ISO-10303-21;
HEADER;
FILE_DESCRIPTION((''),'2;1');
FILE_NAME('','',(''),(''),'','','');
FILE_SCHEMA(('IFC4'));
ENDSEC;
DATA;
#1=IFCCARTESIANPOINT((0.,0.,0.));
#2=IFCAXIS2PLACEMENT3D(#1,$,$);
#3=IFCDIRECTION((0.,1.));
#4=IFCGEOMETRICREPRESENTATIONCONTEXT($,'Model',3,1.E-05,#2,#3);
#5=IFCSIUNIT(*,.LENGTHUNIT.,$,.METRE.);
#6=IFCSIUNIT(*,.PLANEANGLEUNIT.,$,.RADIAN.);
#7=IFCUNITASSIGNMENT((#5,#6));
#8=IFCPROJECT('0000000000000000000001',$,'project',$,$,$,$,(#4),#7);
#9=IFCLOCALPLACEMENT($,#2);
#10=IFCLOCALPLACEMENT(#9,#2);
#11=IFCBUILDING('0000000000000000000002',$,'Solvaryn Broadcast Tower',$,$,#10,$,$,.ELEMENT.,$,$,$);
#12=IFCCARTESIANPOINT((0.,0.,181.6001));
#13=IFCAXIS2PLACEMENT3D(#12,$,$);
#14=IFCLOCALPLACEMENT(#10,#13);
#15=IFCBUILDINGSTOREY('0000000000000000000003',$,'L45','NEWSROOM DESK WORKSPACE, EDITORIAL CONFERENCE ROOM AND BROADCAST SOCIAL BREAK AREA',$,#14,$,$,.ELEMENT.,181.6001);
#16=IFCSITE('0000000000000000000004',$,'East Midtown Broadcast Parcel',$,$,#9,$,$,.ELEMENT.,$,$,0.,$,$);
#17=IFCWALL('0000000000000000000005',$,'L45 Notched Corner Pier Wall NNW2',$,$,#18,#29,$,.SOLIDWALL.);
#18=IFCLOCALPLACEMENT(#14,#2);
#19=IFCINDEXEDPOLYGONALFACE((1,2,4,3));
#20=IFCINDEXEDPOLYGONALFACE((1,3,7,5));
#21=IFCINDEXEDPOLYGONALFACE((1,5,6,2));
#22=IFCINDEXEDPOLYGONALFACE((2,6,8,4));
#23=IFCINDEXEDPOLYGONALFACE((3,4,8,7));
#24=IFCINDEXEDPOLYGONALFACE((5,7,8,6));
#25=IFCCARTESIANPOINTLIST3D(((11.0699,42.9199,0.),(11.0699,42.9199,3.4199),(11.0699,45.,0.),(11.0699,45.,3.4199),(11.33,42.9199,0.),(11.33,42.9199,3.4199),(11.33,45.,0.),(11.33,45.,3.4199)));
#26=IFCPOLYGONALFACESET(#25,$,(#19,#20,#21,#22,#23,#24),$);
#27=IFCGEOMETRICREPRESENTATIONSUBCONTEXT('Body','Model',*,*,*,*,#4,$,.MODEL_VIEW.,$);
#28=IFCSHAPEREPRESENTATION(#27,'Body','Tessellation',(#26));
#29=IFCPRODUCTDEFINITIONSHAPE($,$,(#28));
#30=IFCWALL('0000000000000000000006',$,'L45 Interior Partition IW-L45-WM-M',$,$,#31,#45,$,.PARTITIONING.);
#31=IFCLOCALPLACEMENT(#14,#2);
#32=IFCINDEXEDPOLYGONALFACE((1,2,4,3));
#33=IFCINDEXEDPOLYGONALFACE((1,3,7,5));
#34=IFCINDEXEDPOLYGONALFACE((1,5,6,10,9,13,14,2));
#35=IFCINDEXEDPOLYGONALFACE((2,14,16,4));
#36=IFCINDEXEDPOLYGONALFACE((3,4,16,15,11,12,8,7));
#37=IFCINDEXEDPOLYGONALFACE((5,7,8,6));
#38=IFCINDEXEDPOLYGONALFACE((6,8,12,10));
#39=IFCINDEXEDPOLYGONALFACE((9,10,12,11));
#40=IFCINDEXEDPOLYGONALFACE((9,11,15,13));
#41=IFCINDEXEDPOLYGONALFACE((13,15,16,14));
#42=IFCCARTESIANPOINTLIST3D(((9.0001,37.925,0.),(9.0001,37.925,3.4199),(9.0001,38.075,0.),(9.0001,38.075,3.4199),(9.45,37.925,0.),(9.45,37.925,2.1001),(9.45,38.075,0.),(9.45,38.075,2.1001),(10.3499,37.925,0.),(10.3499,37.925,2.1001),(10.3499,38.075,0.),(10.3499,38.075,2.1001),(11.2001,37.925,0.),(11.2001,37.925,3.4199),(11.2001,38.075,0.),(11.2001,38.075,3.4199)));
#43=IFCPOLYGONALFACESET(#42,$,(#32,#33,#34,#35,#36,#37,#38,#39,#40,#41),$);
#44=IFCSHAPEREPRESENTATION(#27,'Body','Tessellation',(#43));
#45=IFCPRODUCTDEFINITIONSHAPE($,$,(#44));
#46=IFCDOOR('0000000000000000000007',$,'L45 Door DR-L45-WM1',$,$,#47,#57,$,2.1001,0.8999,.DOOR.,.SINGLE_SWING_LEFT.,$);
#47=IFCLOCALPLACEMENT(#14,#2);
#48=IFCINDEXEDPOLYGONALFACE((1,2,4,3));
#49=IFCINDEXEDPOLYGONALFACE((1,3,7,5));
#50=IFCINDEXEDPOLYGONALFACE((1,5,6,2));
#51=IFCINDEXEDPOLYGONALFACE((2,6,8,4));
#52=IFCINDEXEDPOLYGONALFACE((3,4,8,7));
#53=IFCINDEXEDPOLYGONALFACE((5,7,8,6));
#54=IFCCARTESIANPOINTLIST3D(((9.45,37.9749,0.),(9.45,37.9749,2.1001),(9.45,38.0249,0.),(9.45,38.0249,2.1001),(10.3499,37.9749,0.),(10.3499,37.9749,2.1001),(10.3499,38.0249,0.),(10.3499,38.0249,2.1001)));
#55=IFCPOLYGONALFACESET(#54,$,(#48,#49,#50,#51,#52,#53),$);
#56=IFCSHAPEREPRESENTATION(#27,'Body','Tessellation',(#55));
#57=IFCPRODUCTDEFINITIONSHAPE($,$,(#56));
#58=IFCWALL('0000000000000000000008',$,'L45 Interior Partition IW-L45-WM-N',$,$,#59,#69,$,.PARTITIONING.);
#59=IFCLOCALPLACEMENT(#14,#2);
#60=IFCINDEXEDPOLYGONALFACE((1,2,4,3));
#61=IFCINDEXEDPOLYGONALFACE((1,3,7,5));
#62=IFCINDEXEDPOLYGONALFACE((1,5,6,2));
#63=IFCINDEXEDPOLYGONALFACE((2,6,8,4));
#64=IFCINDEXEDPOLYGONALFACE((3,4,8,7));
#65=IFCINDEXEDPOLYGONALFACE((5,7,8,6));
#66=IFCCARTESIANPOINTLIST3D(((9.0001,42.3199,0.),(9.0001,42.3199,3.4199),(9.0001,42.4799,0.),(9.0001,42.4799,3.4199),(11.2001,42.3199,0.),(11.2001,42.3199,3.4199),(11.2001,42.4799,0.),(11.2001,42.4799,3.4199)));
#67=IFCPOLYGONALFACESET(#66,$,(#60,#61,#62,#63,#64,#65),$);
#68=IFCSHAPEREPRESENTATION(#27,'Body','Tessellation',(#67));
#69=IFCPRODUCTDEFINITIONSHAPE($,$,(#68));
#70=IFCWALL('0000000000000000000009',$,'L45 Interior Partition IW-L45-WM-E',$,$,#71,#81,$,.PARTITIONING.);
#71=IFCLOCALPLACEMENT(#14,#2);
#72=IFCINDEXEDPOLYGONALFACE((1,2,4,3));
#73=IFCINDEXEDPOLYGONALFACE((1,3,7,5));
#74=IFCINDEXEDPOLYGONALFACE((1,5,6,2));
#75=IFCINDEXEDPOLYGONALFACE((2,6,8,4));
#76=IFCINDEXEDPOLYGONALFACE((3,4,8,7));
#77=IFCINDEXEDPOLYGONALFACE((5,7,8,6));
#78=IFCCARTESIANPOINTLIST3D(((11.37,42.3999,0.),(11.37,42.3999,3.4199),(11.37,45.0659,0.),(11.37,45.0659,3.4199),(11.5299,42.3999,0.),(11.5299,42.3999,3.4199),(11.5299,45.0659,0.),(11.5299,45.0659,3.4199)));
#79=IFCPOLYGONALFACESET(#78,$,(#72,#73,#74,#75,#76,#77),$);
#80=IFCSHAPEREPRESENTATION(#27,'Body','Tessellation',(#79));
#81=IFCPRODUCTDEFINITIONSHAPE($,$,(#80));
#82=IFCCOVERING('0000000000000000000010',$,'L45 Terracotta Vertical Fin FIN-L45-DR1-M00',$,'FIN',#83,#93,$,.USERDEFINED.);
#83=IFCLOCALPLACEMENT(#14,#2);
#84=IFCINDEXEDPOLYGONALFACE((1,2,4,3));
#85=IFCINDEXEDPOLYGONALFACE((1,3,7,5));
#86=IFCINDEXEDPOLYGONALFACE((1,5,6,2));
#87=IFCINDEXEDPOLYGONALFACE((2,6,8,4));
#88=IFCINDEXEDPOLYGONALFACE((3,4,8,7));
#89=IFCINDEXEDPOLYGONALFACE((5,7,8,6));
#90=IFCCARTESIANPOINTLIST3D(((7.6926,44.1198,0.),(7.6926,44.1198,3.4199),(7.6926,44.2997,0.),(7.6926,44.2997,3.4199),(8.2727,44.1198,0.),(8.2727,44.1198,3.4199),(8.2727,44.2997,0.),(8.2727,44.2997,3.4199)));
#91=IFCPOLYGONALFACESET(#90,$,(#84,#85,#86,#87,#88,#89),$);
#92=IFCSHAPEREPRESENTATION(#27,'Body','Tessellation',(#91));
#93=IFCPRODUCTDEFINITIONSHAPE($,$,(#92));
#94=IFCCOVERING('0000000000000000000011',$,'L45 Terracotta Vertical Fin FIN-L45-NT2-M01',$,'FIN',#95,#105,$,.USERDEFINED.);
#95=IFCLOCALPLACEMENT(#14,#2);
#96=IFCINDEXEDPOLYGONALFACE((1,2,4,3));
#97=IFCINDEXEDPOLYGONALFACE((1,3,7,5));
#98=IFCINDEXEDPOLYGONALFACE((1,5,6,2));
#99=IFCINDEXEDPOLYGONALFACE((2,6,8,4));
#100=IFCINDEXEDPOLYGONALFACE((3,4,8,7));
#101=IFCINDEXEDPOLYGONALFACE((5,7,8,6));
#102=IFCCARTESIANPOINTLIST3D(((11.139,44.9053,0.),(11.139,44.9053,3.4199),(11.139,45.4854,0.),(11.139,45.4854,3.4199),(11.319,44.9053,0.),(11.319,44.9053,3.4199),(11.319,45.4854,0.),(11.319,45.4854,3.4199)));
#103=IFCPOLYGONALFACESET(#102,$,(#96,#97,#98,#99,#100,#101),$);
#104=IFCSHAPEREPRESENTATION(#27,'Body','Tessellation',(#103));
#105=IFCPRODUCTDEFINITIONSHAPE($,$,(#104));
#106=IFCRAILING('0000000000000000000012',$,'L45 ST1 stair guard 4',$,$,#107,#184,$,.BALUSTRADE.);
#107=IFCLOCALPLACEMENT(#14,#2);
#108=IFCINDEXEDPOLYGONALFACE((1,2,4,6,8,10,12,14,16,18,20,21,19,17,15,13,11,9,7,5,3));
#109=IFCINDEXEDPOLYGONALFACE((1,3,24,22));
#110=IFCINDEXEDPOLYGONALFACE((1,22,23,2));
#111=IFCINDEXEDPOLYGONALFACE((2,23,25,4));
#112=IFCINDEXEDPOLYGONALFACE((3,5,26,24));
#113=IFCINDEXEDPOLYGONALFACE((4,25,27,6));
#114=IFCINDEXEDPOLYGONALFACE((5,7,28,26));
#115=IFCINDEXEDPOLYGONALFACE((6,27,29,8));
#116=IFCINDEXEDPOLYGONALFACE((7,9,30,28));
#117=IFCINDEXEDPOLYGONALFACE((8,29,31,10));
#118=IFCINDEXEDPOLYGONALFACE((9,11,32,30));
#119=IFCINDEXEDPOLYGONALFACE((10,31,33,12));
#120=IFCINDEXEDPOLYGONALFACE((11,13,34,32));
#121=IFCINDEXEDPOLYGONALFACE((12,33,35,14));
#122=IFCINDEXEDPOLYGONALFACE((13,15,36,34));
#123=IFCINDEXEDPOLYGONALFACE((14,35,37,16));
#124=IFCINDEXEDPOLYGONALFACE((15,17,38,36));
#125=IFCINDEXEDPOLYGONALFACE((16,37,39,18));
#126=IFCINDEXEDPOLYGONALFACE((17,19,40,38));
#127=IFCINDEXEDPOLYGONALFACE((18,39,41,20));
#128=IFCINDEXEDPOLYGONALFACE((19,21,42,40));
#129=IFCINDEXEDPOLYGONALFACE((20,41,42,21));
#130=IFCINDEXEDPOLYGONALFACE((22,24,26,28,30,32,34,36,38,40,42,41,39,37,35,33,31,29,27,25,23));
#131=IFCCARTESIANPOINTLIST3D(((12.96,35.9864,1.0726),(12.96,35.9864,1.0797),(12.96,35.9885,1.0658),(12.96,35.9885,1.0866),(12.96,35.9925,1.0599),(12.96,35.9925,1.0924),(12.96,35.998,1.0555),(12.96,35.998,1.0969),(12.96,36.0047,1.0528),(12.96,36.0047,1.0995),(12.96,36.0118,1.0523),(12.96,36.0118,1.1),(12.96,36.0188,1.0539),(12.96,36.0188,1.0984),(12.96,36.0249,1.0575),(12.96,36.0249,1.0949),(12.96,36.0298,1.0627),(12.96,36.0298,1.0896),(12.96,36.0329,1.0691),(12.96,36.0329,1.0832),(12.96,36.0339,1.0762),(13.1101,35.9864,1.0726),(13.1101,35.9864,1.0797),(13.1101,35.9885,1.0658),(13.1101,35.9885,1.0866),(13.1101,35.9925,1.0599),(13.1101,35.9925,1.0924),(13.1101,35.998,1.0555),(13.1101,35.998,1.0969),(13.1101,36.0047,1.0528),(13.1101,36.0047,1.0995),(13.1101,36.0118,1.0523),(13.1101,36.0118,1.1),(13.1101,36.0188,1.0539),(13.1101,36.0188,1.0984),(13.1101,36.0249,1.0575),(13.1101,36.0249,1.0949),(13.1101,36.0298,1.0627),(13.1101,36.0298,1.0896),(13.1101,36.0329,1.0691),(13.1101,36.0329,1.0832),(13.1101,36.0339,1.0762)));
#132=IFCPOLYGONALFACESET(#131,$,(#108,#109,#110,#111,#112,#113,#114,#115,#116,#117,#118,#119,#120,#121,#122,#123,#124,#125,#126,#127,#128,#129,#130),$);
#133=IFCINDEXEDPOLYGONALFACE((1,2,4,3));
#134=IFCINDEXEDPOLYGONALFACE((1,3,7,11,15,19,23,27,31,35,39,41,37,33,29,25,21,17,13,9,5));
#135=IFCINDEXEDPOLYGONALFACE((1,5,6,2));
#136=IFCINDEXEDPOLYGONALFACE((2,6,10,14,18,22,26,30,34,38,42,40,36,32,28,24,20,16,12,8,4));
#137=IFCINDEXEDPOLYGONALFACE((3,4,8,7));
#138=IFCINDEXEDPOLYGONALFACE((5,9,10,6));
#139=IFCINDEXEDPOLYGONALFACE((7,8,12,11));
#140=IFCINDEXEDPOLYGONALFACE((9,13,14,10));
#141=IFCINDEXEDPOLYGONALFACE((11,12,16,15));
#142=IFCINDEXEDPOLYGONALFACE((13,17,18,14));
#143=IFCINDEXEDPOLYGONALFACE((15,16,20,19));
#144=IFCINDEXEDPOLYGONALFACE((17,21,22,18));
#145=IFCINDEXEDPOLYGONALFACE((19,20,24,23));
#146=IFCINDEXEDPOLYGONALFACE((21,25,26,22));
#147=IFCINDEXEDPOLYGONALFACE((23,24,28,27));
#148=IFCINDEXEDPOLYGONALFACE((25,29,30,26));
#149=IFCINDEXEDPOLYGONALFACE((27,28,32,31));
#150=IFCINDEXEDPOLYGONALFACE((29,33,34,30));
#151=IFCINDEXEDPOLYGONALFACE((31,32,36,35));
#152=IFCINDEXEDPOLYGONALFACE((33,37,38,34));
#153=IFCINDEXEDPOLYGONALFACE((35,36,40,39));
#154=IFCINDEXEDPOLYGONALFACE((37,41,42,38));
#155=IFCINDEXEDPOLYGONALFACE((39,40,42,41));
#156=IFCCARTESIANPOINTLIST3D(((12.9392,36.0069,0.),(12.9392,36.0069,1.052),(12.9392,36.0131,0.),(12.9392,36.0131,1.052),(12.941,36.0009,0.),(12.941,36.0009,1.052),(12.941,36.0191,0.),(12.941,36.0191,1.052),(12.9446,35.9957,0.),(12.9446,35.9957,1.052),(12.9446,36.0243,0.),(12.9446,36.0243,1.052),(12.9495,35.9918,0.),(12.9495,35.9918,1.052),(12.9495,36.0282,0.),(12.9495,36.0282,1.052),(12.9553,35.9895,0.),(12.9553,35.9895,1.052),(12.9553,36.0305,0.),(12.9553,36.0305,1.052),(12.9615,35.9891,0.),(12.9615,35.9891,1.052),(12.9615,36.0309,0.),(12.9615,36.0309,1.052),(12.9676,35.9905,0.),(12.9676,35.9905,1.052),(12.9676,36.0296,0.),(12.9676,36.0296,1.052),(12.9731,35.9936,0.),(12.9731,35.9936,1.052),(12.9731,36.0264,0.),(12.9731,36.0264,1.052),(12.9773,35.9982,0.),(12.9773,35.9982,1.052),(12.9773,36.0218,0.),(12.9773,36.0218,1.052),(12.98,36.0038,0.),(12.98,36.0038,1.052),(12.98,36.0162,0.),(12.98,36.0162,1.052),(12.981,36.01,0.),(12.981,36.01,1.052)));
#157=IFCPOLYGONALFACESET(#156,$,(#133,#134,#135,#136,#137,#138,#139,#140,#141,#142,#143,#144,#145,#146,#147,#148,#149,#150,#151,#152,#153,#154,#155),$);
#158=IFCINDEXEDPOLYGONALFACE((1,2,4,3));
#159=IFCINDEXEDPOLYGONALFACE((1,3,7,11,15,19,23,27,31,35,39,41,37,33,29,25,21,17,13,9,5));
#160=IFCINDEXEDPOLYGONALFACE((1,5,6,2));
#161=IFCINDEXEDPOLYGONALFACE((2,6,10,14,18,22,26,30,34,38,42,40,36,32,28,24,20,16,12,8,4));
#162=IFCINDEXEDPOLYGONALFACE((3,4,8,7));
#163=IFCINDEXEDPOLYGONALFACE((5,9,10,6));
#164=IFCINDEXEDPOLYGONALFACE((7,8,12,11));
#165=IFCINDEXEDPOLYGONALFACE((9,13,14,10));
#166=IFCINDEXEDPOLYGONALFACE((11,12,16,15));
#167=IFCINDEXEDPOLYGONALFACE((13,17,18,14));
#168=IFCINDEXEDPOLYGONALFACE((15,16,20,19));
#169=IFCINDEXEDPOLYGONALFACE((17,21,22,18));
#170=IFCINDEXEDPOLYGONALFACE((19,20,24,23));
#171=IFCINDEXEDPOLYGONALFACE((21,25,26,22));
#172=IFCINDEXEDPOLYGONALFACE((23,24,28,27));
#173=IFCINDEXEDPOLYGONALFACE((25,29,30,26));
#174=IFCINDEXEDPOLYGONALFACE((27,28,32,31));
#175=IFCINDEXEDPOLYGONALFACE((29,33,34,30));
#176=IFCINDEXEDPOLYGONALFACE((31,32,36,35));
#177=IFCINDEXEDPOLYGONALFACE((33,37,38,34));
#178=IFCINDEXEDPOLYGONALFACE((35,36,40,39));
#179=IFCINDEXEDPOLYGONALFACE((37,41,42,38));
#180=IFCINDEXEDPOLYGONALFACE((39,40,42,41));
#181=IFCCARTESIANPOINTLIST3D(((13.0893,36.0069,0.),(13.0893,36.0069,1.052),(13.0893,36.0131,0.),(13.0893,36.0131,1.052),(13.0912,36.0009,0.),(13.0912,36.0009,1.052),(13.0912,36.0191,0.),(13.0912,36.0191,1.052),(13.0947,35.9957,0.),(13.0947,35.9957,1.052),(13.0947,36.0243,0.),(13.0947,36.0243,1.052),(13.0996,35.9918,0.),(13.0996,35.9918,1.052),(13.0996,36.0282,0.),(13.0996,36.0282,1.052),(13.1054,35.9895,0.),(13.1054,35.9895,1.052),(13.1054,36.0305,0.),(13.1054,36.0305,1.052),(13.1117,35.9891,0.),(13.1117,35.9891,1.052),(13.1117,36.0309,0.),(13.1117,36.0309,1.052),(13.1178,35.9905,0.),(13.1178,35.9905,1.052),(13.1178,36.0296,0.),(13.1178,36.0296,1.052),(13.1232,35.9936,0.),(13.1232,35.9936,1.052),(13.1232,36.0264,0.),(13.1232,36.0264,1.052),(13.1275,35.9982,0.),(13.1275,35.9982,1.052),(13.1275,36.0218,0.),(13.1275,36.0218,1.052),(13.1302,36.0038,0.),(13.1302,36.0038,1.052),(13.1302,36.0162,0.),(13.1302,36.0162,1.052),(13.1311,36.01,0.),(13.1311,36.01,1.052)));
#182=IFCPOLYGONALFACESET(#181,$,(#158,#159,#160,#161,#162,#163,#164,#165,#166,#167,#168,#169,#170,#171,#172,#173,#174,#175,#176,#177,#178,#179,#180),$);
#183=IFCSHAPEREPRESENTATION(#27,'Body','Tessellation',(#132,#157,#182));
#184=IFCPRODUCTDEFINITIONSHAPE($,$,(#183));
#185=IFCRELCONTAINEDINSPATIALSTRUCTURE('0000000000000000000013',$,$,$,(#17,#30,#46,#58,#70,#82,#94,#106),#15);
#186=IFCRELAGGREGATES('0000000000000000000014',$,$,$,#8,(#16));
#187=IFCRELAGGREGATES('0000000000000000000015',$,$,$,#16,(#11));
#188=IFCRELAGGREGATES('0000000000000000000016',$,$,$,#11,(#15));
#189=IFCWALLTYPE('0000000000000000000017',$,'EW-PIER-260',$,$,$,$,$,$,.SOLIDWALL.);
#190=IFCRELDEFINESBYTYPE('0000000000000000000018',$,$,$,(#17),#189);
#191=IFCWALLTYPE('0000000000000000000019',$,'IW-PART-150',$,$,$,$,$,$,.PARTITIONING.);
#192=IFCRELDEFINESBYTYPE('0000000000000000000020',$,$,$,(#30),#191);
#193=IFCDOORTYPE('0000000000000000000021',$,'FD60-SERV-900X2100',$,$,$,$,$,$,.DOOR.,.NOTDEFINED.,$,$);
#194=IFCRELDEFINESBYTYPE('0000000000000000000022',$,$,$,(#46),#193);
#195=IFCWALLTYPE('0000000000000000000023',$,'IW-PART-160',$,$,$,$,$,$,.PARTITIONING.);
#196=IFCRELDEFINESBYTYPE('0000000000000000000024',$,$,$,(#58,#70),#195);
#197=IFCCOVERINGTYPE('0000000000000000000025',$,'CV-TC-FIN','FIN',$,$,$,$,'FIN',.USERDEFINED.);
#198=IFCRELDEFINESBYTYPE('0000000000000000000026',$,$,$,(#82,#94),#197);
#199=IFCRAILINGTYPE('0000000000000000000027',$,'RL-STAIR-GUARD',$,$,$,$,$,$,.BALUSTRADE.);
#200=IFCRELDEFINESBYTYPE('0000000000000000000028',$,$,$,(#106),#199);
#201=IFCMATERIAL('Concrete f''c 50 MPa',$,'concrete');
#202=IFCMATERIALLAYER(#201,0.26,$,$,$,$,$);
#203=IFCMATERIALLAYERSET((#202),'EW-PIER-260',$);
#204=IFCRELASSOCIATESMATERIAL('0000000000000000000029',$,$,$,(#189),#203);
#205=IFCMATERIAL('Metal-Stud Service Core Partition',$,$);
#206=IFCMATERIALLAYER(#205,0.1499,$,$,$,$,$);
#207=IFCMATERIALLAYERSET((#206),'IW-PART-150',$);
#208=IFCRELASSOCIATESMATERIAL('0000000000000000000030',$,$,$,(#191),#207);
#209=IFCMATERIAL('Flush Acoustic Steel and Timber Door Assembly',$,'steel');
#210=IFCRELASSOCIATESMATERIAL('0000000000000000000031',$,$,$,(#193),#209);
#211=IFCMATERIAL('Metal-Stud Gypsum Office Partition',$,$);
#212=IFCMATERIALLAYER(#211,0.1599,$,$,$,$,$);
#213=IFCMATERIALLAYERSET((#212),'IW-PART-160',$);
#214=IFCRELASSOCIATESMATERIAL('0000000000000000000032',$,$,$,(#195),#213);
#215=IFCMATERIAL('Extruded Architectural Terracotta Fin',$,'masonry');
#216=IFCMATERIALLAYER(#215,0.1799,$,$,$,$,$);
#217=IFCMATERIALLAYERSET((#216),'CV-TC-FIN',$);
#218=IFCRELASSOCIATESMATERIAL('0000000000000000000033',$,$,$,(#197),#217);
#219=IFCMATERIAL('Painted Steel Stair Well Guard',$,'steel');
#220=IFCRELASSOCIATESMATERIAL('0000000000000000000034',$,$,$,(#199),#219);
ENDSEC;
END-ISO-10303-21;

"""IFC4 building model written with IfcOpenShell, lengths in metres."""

from ifc_helpers import new_model, si_unit, direction, frame, frame_2d, origin, origin_2d, place, context, subcontext, project, spatial, rectangle, circle, extrude, material, layer, layer_set, type_object, element, fill, save


model = new_model("IFC4")

# Units and contexts
model_context = context("Model", 3, precision=1e-05, world=origin(), true_north=direction((0.0, 1.0)))
body_context = subcontext(model_context, "Body", "Model", "MODEL_VIEW")
ifc_project = project(units=[si_unit("LENGTHUNIT", "METRE"), si_unit("PLANEANGLEUNIT", "RADIAN")], contexts=[model_context])

# Site, building, storey
site_placement = place(None, origin())
site = spatial("IfcSite", under=ifc_project, at=site_placement, Name="East Midtown Broadcast Parcel", CompositionType="ELEMENT", RefElevation=0.0)
building_placement = place(site_placement, origin())
building = spatial("IfcBuilding", under=site, at=building_placement, Name="Solvaryn Broadcast Tower", CompositionType="ELEMENT")
storey_placement = place(building_placement, frame((0.0, 0.0, 181.6001)))
storey = spatial("IfcBuildingStorey", under=building, at=storey_placement, Name="L45", Description="NEWSROOM DESK WORKSPACE, EDITORIAL CONFERENCE ROOM AND BROADCAST SOCIAL BREAK AREA", CompositionType="ELEMENT", Elevation=181.6001)

# Wall
ifc_material_1 = material(Name="Concrete f'c 50 MPa", Category="concrete")
ifc_layer_1 = layer(ifc_material_1, 0.26)
ifc_layer_set_1 = layer_set([ifc_layer_1], Name="EW-PIER-260")
wall_type_1 = type_object("IfcWallType", Name="EW-PIER-260", PredefinedType="SOLIDWALL", material=ifc_layer_set_1)
wall_1_placement = place(storey_placement, frame((11.2, 42.9199, 0.0), z_axis=(0.0, 0.0, 1.0), x_axis=(0.0, 1.0, 0.0)))
element("IfcWall", 1, at=wall_1_placement, inside=storey, type_object=wall_type_1, Name="L45 Notched Corner Pier Wall NNW2", PredefinedType="SOLIDWALL", context=body_context, shape_type="SweptSolid", body=[
    extrude(rectangle(XDim=2.0801, YDim=0.26, at=frame_2d((1.04, 0.0))), origin(), (0.0, 0.0, 1.0), 3.4199),
])

# Wall, opening, door
ifc_material_2 = material(Name="Metal-Stud Service Core Partition")
ifc_layer_2 = layer(ifc_material_2, 0.1499)
ifc_layer_set_2 = layer_set([ifc_layer_2], Name="IW-PART-150")
wall_type_2 = type_object("IfcWallType", Name="IW-PART-150", PredefinedType="PARTITIONING", material=ifc_layer_set_2)
wall_2_placement = place(storey_placement, frame((9.0, 38.0, 0.0), z_axis=(0.0, 0.0, 1.0), x_axis=(1.0, 0.0, 0.0)))
wall_2 = element("IfcWall", 2, at=wall_2_placement, inside=storey, type_object=wall_type_2, Name="L45 Interior Partition IW-L45-WM-M", PredefinedType="PARTITIONING", context=body_context, shape_type="SweptSolid", body=[
    extrude(rectangle(XDim=2.2, YDim=0.1499, at=frame_2d((1.1001, 0.0))), origin(), (0.0, 0.0, 1.0), 3.4199),
])
opening_placement = place(wall_2_placement, frame((0.45, 0.0, 0.0)))
opening = element("IfcOpeningElement", 3, at=opening_placement, cuts=wall_2, PredefinedType="OPENING", context=body_context, shape_type="SweptSolid", body=[
    extrude(rectangle(XDim=0.8999, YDim=2.1001, at=frame_2d((0.45, 1.05))), frame((0.0, 0.085, 0.0), z_axis=(0.0, -1.0, 0.0), x_axis=(1.0, 0.0, 0.0)), (0.0, 0.0, 1.0), 0.1699),
])
ifc_material_3 = material(Name="Flush Acoustic Steel and Timber Door Assembly", Category="steel")
door_type = type_object("IfcDoorType", Name="FD60-SERV-900X2100", OperationType="NOTDEFINED", PredefinedType="DOOR", material=ifc_material_3)
door_placement = place(opening_placement, origin())
door = element("IfcDoor", 4, at=door_placement, inside=storey, type_object=door_type, Name="L45 Door DR-L45-WM1", OperationType="SINGLE_SWING_LEFT", OverallHeight=2.1001, OverallWidth=0.8999, PredefinedType="DOOR", context=body_context, shape_type="SweptSolid", body=[
    extrude(rectangle(XDim=0.8999, YDim=2.1001, at=frame_2d((0.45, 1.05))), frame((0.0, 0.0249, 0.0), z_axis=(0.0, -1.0, 0.0), x_axis=(1.0, 0.0, 0.0)), (0.0, 0.0, 1.0), 0.05),
])
fill(opening, door)

# Walls
ifc_material_4 = material(Name="Metal-Stud Gypsum Office Partition")
ifc_layer_3 = layer(ifc_material_4, 0.1599)
ifc_layer_set_3 = layer_set([ifc_layer_3], Name="IW-PART-160")
wall_type_3 = type_object("IfcWallType", Name="IW-PART-160", PredefinedType="PARTITIONING", material=ifc_layer_set_3)
wall_3_placement = place(storey_placement, frame((9.0, 42.3999, 0.0), z_axis=(0.0, 0.0, 1.0), x_axis=(1.0, 0.0, 0.0)))
element("IfcWall", 5, at=wall_3_placement, inside=storey, type_object=wall_type_3, Name="L45 Interior Partition IW-L45-WM-N", PredefinedType="PARTITIONING", context=body_context, shape_type="SweptSolid", body=[
    extrude(rectangle(XDim=2.2, YDim=0.1599, at=frame_2d((1.1001, 0.0))), origin(), (0.0, 0.0, 1.0), 3.4199),
])
wall_4_placement = place(storey_placement, frame((11.45, 42.3999, 0.0), z_axis=(0.0, 0.0, 1.0), x_axis=(0.0, 1.0, 0.0)))
element("IfcWall", 6, at=wall_4_placement, inside=storey, type_object=wall_type_3, Name="L45 Interior Partition IW-L45-WM-E", PredefinedType="PARTITIONING", context=body_context, shape_type="SweptSolid", body=[
    extrude(rectangle(XDim=2.666, YDim=0.1599, at=frame_2d((1.333, 0.0))), origin(), (0.0, 0.0, 1.0), 3.4199),
])

# Coverings
ifc_material_5 = material(Name="Extruded Architectural Terracotta Fin", Category="masonry")
ifc_layer_4 = layer(ifc_material_5, 0.1799)
ifc_layer_set_4 = layer_set([ifc_layer_4], Name="CV-TC-FIN")
covering_type = type_object("IfcCoveringType", Name="CV-TC-FIN", Description="FIN", ElementType="FIN", PredefinedType="USERDEFINED", material=ifc_layer_set_4)
covering_1_placement = place(storey_placement, frame((7.9827, 44.2097, 0.0), z_axis=(0.0, 0.0, 1.0), x_axis=(1.0, 0.0, 0.0)))
element("IfcCovering", 7, at=covering_1_placement, inside=storey, type_object=covering_type, Name="L45 Terracotta Vertical Fin FIN-L45-DR1-M00", ObjectType="FIN", PredefinedType="USERDEFINED", context=body_context, shape_type="SweptSolid", body=[
    extrude(rectangle(XDim=0.5801, YDim=0.1799, at=origin_2d()), origin(), (0.0, 0.0, 1.0), 3.4199),
])
covering_2_placement = place(storey_placement, frame((11.229, 45.1953, 0.0), z_axis=(0.0, 0.0, 1.0), x_axis=(1.0, 0.0, 0.0)))
element("IfcCovering", 8, at=covering_2_placement, inside=storey, type_object=covering_type, Name="L45 Terracotta Vertical Fin FIN-L45-NT2-M01", ObjectType="FIN", PredefinedType="USERDEFINED", context=body_context, shape_type="SweptSolid", body=[
    extrude(rectangle(XDim=0.1799, YDim=0.5801, at=origin_2d()), origin(), (0.0, 0.0, 1.0), 3.4199),
])

# Railing
ifc_material_6 = material(Name="Painted Steel Stair Well Guard", Category="steel")
railing_type_1 = type_object("IfcRailingType", Name="RL-STAIR-GUARD", PredefinedType="BALUSTRADE", material=ifc_material_6)
railing_1_placement = place(storey_placement, frame((12.96, 36.01, 0.0)))
element("IfcRailing", 9, at=railing_1_placement, inside=storey, type_object=railing_type_1, Name="L45 ST1 stair guard 4", PredefinedType="BALUSTRADE", context=body_context, shape_type="SweptSolid", body=[
    extrude(circle(Radius=0.0239, at=origin_2d()), frame((0.0, 0.0, 1.0762), z_axis=(1.0, 0.0, 0.0), x_axis=(0.0, 1.0, 0.0)), (0.0, 0.0, 1.0), 0.1501),
    extrude(circle(Radius=0.021, at=origin_2d()), origin(), (0.0, 0.0, 1.0), 1.052),
    extrude(circle(Radius=0.021, at=origin_2d()), frame((0.1501, 0.0, 0.0)), (0.0, 0.0, 1.0), 1.052),
])

save(model, "model.ifc")
